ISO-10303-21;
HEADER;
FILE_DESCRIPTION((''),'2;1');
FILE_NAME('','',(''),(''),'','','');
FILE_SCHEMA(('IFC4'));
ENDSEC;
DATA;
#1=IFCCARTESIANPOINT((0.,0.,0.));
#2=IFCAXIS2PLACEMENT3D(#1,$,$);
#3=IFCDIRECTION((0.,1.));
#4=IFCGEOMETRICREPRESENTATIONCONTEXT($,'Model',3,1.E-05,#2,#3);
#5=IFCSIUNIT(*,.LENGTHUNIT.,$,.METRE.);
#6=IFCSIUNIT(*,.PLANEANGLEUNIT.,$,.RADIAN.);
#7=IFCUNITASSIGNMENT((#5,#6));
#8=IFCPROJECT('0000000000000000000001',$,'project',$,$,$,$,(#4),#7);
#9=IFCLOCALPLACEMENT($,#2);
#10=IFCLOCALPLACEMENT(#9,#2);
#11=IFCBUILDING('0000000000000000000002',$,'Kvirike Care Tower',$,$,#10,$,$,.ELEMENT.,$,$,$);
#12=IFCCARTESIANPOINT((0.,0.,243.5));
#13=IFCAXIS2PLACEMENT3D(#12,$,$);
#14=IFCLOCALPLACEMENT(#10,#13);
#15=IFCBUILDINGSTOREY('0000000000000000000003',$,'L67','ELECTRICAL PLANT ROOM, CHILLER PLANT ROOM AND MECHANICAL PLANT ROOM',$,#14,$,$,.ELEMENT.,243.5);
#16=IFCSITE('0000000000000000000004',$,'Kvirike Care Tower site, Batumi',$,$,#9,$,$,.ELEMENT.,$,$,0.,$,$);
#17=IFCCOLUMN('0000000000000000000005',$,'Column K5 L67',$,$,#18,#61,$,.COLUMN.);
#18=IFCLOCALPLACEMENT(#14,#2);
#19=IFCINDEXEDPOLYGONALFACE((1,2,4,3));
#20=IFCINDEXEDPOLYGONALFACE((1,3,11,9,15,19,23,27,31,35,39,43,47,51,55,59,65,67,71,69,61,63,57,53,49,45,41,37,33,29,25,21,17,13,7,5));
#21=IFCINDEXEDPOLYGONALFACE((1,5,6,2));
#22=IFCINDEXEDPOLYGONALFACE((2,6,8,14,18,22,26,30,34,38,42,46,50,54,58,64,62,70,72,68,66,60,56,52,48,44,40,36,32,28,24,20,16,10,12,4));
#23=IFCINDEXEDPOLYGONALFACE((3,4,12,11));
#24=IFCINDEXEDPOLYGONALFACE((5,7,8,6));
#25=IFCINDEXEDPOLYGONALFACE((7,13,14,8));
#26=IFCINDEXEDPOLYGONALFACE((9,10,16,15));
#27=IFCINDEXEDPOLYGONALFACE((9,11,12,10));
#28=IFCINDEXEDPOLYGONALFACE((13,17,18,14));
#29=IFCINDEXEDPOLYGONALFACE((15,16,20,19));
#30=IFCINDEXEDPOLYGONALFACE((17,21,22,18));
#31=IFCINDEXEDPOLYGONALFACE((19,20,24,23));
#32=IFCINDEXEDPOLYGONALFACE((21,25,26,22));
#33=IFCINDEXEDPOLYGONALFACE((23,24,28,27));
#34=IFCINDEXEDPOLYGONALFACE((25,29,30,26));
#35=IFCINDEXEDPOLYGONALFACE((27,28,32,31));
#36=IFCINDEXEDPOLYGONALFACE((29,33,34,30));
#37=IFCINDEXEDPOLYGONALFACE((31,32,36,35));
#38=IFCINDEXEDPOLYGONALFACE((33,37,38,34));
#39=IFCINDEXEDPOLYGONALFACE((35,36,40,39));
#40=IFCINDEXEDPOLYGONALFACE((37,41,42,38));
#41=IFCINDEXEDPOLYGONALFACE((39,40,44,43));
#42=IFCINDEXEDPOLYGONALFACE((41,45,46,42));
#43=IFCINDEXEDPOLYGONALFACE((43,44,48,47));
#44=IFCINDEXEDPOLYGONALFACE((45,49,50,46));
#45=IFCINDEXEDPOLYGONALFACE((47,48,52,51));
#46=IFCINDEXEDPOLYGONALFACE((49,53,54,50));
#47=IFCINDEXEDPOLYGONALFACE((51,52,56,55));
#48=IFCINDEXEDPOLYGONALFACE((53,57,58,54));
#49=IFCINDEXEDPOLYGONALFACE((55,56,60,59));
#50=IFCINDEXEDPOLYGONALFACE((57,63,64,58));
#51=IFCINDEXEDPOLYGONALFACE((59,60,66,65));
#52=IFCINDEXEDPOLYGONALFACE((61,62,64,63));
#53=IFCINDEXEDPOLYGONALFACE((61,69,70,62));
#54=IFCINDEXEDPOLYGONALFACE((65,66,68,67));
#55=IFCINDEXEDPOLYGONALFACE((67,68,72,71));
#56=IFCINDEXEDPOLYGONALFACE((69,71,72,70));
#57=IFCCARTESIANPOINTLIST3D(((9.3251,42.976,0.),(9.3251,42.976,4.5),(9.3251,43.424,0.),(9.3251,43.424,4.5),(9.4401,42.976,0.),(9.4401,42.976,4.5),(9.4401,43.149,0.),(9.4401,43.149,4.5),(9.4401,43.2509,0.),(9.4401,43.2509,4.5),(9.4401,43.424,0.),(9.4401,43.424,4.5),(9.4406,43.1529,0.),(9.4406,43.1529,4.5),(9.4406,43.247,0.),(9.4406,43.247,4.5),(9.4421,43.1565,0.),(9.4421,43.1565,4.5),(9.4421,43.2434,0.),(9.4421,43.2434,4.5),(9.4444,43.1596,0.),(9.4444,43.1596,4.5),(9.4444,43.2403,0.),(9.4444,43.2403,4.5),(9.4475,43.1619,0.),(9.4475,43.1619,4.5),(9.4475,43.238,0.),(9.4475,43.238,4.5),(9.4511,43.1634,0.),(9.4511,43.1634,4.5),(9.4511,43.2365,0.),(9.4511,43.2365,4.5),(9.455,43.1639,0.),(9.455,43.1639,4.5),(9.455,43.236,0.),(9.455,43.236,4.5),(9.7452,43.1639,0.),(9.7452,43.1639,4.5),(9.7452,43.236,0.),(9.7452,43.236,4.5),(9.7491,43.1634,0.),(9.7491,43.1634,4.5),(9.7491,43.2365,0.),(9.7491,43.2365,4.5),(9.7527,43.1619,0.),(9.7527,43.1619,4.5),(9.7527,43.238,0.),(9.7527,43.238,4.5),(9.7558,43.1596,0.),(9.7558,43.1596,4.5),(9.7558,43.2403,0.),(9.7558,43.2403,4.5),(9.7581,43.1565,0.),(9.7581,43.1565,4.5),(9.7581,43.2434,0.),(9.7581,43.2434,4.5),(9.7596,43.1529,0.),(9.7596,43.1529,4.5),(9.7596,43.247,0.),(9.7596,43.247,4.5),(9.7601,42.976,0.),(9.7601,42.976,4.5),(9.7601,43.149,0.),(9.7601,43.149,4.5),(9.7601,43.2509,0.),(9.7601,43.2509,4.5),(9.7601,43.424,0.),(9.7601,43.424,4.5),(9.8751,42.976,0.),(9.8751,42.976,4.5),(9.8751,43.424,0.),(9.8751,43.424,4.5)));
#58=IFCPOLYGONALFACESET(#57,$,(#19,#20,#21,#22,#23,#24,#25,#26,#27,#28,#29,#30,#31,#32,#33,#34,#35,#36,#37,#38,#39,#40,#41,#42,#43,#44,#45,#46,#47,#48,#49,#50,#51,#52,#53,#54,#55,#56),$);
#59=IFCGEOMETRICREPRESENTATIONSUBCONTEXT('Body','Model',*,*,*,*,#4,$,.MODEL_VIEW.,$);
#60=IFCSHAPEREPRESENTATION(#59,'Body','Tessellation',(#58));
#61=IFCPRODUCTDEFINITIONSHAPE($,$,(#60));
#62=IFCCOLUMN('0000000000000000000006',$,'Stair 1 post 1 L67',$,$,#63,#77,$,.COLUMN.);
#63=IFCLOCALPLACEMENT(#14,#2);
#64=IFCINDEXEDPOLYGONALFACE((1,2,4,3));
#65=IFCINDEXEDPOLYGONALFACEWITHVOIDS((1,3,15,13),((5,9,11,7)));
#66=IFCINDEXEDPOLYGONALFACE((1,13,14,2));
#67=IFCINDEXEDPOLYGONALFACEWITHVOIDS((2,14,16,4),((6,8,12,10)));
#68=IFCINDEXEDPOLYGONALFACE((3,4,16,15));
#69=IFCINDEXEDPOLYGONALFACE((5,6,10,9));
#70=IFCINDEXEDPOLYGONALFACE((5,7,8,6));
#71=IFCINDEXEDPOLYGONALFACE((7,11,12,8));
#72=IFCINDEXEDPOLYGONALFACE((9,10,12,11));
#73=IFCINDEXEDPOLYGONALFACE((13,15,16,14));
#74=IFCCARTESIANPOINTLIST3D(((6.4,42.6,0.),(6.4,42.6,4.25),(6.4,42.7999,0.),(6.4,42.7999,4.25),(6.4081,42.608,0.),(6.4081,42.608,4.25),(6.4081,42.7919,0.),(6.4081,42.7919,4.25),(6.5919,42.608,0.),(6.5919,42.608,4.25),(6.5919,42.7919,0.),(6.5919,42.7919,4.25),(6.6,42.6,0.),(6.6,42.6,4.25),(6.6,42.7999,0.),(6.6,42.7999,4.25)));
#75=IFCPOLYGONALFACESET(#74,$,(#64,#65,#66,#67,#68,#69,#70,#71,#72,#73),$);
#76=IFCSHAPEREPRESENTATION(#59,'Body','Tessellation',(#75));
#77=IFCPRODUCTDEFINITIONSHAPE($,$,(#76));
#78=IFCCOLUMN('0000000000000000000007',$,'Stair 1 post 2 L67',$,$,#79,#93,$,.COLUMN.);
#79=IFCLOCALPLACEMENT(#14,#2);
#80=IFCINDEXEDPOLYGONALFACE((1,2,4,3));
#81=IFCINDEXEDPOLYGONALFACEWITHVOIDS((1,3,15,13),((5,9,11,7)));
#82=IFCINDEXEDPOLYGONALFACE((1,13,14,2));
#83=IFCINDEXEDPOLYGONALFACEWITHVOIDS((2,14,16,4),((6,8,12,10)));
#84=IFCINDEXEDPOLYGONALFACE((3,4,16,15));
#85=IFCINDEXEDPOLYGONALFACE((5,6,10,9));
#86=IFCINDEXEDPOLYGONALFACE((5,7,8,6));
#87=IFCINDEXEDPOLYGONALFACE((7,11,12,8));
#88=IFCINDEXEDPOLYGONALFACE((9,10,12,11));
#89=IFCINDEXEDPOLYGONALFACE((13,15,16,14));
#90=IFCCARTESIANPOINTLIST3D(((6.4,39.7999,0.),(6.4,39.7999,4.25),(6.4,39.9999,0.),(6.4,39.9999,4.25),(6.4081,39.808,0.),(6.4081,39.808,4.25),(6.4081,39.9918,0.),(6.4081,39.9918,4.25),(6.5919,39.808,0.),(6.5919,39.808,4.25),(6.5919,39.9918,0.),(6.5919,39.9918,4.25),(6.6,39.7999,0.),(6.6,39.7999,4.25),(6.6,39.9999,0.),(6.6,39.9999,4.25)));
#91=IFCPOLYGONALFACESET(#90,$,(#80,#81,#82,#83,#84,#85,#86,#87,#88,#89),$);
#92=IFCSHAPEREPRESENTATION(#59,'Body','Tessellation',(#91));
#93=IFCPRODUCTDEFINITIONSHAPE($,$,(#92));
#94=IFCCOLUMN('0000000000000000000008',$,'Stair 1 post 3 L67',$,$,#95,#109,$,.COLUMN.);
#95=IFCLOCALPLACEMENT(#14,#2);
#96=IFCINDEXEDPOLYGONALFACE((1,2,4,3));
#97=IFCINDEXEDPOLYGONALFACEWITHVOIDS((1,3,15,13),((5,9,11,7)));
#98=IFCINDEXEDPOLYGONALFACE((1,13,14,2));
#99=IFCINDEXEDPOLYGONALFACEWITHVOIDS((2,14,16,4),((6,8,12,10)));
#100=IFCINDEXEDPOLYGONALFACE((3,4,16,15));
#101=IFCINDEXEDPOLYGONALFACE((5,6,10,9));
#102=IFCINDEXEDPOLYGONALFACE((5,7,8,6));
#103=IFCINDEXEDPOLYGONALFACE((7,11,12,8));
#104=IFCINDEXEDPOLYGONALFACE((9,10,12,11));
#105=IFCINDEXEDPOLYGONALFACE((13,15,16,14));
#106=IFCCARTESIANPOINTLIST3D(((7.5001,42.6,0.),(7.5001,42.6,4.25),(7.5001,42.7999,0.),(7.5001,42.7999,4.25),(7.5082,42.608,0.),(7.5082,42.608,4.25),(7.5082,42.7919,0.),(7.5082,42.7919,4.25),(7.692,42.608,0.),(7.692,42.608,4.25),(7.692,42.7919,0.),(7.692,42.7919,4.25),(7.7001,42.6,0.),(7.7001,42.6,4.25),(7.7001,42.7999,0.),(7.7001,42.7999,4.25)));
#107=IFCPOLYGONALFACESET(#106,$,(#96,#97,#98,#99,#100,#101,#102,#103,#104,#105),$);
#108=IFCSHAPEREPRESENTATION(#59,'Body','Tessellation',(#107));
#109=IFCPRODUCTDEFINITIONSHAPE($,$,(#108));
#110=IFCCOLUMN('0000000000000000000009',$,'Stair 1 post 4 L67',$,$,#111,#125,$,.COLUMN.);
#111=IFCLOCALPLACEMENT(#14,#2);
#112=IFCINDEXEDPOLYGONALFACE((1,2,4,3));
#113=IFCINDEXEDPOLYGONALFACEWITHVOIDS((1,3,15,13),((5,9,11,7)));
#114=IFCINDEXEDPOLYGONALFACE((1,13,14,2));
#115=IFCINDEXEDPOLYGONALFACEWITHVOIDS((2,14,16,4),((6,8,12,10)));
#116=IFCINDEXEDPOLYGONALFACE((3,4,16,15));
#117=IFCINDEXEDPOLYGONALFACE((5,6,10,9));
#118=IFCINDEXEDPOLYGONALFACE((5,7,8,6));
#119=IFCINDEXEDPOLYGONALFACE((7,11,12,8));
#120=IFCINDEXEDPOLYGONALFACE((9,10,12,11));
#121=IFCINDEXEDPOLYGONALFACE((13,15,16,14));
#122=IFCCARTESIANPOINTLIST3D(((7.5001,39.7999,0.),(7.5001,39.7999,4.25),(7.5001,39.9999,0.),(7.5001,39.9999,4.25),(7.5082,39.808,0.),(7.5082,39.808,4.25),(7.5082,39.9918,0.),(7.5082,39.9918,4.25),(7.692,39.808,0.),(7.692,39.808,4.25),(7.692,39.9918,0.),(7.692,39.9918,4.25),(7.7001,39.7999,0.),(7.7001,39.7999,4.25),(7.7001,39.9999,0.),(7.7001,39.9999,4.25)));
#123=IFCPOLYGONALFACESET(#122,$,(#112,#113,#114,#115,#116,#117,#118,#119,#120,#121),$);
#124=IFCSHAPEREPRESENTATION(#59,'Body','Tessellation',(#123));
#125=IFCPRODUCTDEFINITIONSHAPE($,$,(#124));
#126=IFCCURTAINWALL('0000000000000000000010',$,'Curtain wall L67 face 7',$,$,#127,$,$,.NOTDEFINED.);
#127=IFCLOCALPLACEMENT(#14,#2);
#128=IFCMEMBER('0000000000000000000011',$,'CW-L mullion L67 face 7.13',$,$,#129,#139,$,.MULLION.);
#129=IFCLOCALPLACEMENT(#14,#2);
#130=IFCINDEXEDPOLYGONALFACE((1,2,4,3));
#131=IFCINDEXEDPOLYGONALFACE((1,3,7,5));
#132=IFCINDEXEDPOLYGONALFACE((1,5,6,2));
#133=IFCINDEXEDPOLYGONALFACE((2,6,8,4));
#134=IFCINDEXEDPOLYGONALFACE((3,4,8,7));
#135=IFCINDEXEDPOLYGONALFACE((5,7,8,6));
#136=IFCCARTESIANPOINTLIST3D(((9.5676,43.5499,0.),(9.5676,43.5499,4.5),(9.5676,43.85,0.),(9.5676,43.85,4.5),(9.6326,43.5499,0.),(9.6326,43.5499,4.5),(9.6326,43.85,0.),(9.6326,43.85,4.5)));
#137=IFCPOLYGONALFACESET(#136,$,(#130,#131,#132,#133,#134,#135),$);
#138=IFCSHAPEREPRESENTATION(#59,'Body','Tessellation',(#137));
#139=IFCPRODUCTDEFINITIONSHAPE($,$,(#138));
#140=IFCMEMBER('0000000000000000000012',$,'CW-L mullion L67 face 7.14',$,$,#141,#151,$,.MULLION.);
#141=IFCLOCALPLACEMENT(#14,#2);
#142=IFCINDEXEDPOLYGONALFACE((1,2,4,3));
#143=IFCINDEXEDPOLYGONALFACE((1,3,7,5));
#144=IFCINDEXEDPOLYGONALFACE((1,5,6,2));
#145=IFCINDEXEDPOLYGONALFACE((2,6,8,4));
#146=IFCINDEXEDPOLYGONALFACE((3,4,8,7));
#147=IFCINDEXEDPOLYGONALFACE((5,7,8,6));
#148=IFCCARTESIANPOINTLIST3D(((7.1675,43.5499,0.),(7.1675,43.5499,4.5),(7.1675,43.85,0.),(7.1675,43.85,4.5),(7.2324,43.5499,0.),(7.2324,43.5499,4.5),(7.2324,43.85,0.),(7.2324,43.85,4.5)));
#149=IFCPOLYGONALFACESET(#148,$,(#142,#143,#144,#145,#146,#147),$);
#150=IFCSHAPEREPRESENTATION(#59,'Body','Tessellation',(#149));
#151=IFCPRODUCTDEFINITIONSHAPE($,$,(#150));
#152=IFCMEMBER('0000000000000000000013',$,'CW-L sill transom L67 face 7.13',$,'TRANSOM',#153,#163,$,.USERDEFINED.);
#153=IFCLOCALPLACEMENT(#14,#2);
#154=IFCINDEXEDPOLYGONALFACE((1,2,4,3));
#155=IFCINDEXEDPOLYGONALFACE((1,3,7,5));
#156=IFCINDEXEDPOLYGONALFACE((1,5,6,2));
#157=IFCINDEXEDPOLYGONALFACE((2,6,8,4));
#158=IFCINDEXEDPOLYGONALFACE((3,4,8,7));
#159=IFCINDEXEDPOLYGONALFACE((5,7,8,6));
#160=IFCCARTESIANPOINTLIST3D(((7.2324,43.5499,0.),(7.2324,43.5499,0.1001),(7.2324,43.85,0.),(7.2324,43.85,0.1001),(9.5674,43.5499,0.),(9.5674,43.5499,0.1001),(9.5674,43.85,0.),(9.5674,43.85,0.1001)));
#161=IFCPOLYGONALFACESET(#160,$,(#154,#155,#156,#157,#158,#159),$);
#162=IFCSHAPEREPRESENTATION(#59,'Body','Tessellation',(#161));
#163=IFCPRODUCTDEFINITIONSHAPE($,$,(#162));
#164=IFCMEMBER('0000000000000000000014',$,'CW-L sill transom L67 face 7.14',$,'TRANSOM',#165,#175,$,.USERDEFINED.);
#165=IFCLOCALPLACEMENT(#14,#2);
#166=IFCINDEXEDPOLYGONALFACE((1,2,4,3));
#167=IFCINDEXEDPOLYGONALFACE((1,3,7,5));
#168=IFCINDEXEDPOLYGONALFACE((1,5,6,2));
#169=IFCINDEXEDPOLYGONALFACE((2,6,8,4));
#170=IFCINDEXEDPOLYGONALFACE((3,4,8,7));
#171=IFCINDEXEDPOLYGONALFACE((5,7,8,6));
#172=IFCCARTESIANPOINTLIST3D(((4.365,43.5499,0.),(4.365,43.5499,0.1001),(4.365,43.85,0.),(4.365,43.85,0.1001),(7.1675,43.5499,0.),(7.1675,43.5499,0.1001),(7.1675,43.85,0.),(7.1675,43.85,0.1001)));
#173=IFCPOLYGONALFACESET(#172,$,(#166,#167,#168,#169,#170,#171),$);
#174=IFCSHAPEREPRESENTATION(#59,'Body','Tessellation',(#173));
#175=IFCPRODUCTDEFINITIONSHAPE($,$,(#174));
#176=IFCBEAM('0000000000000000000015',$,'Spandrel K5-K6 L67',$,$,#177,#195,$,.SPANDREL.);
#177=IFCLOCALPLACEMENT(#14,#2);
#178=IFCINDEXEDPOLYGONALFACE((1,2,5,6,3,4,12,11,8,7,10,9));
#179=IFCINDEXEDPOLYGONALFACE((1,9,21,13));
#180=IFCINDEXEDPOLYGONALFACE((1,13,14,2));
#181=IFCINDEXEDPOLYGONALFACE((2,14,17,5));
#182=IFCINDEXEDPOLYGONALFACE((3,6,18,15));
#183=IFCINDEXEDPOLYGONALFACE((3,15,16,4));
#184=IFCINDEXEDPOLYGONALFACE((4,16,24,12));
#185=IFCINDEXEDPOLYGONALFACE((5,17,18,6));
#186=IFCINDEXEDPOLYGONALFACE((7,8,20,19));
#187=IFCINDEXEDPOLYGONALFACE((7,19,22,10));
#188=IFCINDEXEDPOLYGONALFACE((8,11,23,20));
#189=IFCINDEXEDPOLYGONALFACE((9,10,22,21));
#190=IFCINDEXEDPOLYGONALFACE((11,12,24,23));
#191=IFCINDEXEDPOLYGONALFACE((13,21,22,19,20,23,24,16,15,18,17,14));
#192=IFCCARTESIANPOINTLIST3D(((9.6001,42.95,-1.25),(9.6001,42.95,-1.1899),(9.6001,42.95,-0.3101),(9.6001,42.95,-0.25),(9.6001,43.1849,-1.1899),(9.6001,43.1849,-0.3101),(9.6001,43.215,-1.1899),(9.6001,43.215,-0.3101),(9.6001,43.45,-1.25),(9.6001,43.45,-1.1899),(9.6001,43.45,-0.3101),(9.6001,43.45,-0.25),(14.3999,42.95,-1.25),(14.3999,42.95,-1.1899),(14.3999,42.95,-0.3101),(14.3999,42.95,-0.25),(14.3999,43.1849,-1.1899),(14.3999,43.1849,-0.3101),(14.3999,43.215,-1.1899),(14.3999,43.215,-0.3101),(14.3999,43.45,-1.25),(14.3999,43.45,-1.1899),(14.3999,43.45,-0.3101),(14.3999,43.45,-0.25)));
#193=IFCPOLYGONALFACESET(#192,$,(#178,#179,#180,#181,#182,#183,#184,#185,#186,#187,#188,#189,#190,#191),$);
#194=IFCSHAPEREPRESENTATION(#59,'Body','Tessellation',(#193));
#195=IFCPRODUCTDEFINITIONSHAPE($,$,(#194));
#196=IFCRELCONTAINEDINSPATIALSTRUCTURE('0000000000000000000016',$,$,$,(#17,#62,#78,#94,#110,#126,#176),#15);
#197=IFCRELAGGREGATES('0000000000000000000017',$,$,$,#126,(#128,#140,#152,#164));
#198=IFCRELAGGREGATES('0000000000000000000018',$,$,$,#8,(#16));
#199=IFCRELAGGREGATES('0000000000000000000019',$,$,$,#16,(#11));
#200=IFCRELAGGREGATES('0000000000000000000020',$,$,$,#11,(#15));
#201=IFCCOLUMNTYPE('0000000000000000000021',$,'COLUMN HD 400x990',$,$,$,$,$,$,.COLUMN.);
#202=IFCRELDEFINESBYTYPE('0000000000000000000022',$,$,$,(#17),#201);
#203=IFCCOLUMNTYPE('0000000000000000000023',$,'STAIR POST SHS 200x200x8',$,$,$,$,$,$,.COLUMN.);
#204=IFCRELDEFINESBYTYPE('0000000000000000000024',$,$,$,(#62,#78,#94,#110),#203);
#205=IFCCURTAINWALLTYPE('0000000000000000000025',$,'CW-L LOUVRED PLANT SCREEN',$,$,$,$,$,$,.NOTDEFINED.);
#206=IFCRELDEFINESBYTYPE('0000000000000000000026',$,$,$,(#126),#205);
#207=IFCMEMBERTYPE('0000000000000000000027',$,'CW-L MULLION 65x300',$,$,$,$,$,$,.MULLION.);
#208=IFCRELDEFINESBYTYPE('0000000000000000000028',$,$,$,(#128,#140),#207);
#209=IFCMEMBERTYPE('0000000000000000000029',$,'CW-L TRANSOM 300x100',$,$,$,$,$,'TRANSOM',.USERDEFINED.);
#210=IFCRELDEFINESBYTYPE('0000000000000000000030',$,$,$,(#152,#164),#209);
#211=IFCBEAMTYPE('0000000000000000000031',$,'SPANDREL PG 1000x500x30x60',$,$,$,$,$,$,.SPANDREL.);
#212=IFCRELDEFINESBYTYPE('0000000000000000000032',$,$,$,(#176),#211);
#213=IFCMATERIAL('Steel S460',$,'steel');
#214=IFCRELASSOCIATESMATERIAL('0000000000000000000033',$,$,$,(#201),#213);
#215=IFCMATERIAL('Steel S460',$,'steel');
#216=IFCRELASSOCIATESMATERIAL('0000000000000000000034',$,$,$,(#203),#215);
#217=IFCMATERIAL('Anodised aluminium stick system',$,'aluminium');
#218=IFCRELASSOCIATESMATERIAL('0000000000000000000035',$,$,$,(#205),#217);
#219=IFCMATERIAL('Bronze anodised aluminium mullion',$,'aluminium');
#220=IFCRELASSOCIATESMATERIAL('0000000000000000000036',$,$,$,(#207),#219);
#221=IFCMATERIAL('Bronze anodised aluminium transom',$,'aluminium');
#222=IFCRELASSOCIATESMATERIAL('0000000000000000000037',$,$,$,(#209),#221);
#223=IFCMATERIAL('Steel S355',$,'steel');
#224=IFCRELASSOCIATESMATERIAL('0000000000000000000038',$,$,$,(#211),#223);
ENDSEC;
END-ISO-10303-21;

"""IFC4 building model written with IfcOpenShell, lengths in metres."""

from ifc_helpers import new_model, si_unit, direction, frame, origin, origin_2d, place, context, subcontext, project, spatial, rectangle, hollow_rectangle, i_section, extrude, material, material_profile, profile_set, type_object, element, aggregate, save


model = new_model("IFC4")

# Units and contexts
model_context = context("Model", 3, precision=1e-05, world=origin(), true_north=direction((0.0, 1.0)))
body_context = subcontext(model_context, "Body", "Model", "MODEL_VIEW")
ifc_project = project(units=[si_unit("LENGTHUNIT", "METRE"), si_unit("PLANEANGLEUNIT", "RADIAN")], contexts=[model_context])

# Site, building, storey
site_placement = place(None, origin())
site = spatial("IfcSite", under=ifc_project, at=site_placement, Name="Kvirike Care Tower site, Batumi", CompositionType="ELEMENT", RefElevation=0.0)
building_placement = place(site_placement, origin())
building = spatial("IfcBuilding", under=site, at=building_placement, Name="Kvirike Care Tower", CompositionType="ELEMENT")
storey_placement = place(building_placement, frame((0.0, 0.0, 243.5)))
storey = spatial("IfcBuildingStorey", under=building, at=storey_placement, Name="L67", Description="ELECTRICAL PLANT ROOM, CHILLER PLANT ROOM AND MECHANICAL PLANT ROOM", CompositionType="ELEMENT", Elevation=243.5)

# Columns
ifc_material_1 = material(Name="Steel S460", Category="steel")
ifc_material_profile_1 = material_profile(ifc_material_1, i_section(OverallWidth=0.448, OverallDepth=0.55, WebThickness=0.072, FlangeThickness=0.115, FilletRadius=0.0149, at=origin_2d()), Name="HD 400x990")
ifc_profile_set_1 = profile_set([ifc_material_profile_1], Name="Steel S460")
column_type_1 = type_object("IfcColumnType", Name="COLUMN HD 400x990", PredefinedType="COLUMN", material=ifc_profile_set_1)
column_placement = place(storey_placement, frame((9.6001, 43.2, 0.0), z_axis=(0.0, 0.0, 1.0), x_axis=(0.0, 1.0, 0.0)))
element("IfcColumn", 1, at=column_placement, inside=storey, type_object=column_type_1, Name="Column K5 L67", PredefinedType="COLUMN", context=body_context, shape_type="SweptSolid", body=[
    extrude(i_section(OverallWidth=0.448, OverallDepth=0.55, WebThickness=0.072, FlangeThickness=0.115, FilletRadius=0.0149, at=origin_2d()), origin(), (0.0, 0.0, 1.0), 4.5),
])
ifc_material_2 = material(Name="Steel S460", Category="steel")
ifc_material_profile_2 = material_profile(ifc_material_2, hollow_rectangle(XDim=0.2, YDim=0.2, WallThickness=0.0081, at=origin_2d()), Name="SHS 200x200x8")
ifc_profile_set_2 = profile_set([ifc_material_profile_2], Name="Steel S460")
column_type_2 = type_object("IfcColumnType", Name="STAIR POST SHS 200x200x8", PredefinedType="COLUMN", material=ifc_profile_set_2)
for number, where, z_axis, x_axis, name in (
    (2, (6.5, 42.7, 0.0), (0.0, 0.0, 1.0), (1.0, 0.0, 0.0), "Stair 1 post 1 L67"),
    (3, (6.5, 39.8999, 0.0), (0.0, 0.0, 1.0), (1.0, 0.0, 0.0), "Stair 1 post 2 L67"),
    (4, (7.6001, 42.7, 0.0), (0.0, 0.0, 1.0), (1.0, 0.0, 0.0), "Stair 1 post 3 L67"),
    (5, (7.6001, 39.8999, 0.0), (0.0, 0.0, 1.0), (1.0, 0.0, 0.0), "Stair 1 post 4 L67"),
):
    element("IfcColumn", number, at=place(storey_placement, frame(where, z_axis=z_axis, x_axis=x_axis)), inside=storey, type_object=column_type_2, Name=name, PredefinedType="COLUMN", context=body_context, shape_type="SweptSolid", body=[
        extrude(hollow_rectangle(XDim=0.2, YDim=0.2, WallThickness=0.0081, at=origin_2d()), origin(), (0.0, 0.0, 1.0), 4.25),
    ])

# Curtain wall, members
ifc_material_3 = material(Name="Anodised aluminium stick system", Category="aluminium")
curtain_wall_type = type_object("IfcCurtainWallType", Name="CW-L LOUVRED PLANT SCREEN", PredefinedType="NOTDEFINED", material=ifc_material_3)
curtain_wall_placement = place(storey_placement, origin())
curtain_wall = element("IfcCurtainWall", 6, at=curtain_wall_placement, inside=storey, type_object=curtain_wall_type, Name="Curtain wall L67 face 7", PredefinedType="NOTDEFINED")
ifc_material_4 = material(Name="Bronze anodised aluminium mullion", Category="aluminium")
ifc_material_profile_3 = material_profile(ifc_material_4, rectangle(XDim=0.0649, YDim=0.3, at=origin_2d()), Name="CW-L MULLION 65x300")
ifc_profile_set_3 = profile_set([ifc_material_profile_3], Name="Bronze anodised aluminium mullion")
member_type_1 = type_object("IfcMemberType", Name="CW-L MULLION 65x300", PredefinedType="MULLION", material=ifc_profile_set_3)
member_1_placement = place(storey_placement, frame((9.6001, 43.7, 0.0), z_axis=(0.0, 0.0, 1.0), x_axis=(-1.0, 0.0, 0.0)))
member_1 = element("IfcMember", 7, at=member_1_placement, type_object=member_type_1, Name="CW-L mullion L67 face 7.13", PredefinedType="MULLION", context=body_context, shape_type="SweptSolid", body=[
    extrude(rectangle(XDim=0.0649, YDim=0.3, at=origin_2d()), origin(), (0.0, 0.0, 1.0), 4.5),
])
member_2_placement = place(storey_placement, frame((7.2, 43.7, 0.0), z_axis=(0.0, 0.0, 1.0), x_axis=(-1.0, 0.0, 0.0)))
member_2 = element("IfcMember", 8, at=member_2_placement, type_object=member_type_1, Name="CW-L mullion L67 face 7.14", PredefinedType="MULLION", context=body_context, shape_type="SweptSolid", body=[
    extrude(rectangle(XDim=0.0649, YDim=0.3, at=origin_2d()), origin(), (0.0, 0.0, 1.0), 4.5),
])
ifc_material_5 = material(Name="Bronze anodised aluminium transom", Category="aluminium")
ifc_material_profile_4 = material_profile(ifc_material_5, rectangle(XDim=0.3, YDim=0.1001, at=origin_2d()), Name="CW-L TRANSOM 300x100")
ifc_profile_set_4 = profile_set([ifc_material_profile_4], Name="Bronze anodised aluminium transom")
member_type_2 = type_object("IfcMemberType", Name="CW-L TRANSOM 300x100", ElementType="TRANSOM", PredefinedType="USERDEFINED", material=ifc_profile_set_4)
member_3_placement = place(storey_placement, frame((9.5674, 43.7, 0.05), z_axis=(-1.0, 0.0, 0.0), x_axis=(0.0, -1.0, 0.0)))
member_3 = element("IfcMember", 9, at=member_3_placement, type_object=member_type_2, Name="CW-L sill transom L67 face 7.13", ObjectType="TRANSOM", PredefinedType="USERDEFINED", context=body_context, shape_type="SweptSolid", body=[
    extrude(rectangle(XDim=0.3, YDim=0.1001, at=origin_2d()), origin(), (0.0, 0.0, 1.0), 2.335),
])
member_4_placement = place(storey_placement, frame((7.1675, 43.7, 0.05), z_axis=(-1.0, 0.0, 0.0), x_axis=(0.0, -1.0, 0.0)))
member_4 = element("IfcMember", 10, at=member_4_placement, type_object=member_type_2, Name="CW-L sill transom L67 face 7.14", ObjectType="TRANSOM", PredefinedType="USERDEFINED", context=body_context, shape_type="SweptSolid", body=[
    extrude(rectangle(XDim=0.3, YDim=0.1001, at=origin_2d()), origin(), (0.0, 0.0, 1.0), 2.8025),
])

# Beam
ifc_material_6 = material(Name="Steel S355", Category="steel")
ifc_material_profile_5 = material_profile(ifc_material_6, i_section(OverallWidth=0.5, OverallDepth=1.0, WebThickness=0.03, FlangeThickness=0.0601, at=origin_2d()), Name="PG 1000x500x30x60")
ifc_profile_set_5 = profile_set([ifc_material_profile_5], Name="Steel S355")
beam_type_1 = type_object("IfcBeamType", Name="SPANDREL PG 1000x500x30x60", PredefinedType="SPANDREL", material=ifc_profile_set_5)
beam_placement = place(storey_placement, frame((9.6001, 43.2, -0.75), z_axis=(1.0, 0.0, 0.0), x_axis=(0.0, 1.0, 0.0)))
element("IfcBeam", 11, at=beam_placement, inside=storey, type_object=beam_type_1, Name="Spandrel K5-K6 L67", PredefinedType="SPANDREL", context=body_context, shape_type="SweptSolid", body=[
    extrude(i_section(OverallWidth=0.5, OverallDepth=1.0, WebThickness=0.03, FlangeThickness=0.0601, at=origin_2d()), origin(), (0.0, 0.0, 1.0), 4.7998),
])

aggregate(curtain_wall, [member_1, member_2, member_3, member_4])

save(model, "model.ifc")
